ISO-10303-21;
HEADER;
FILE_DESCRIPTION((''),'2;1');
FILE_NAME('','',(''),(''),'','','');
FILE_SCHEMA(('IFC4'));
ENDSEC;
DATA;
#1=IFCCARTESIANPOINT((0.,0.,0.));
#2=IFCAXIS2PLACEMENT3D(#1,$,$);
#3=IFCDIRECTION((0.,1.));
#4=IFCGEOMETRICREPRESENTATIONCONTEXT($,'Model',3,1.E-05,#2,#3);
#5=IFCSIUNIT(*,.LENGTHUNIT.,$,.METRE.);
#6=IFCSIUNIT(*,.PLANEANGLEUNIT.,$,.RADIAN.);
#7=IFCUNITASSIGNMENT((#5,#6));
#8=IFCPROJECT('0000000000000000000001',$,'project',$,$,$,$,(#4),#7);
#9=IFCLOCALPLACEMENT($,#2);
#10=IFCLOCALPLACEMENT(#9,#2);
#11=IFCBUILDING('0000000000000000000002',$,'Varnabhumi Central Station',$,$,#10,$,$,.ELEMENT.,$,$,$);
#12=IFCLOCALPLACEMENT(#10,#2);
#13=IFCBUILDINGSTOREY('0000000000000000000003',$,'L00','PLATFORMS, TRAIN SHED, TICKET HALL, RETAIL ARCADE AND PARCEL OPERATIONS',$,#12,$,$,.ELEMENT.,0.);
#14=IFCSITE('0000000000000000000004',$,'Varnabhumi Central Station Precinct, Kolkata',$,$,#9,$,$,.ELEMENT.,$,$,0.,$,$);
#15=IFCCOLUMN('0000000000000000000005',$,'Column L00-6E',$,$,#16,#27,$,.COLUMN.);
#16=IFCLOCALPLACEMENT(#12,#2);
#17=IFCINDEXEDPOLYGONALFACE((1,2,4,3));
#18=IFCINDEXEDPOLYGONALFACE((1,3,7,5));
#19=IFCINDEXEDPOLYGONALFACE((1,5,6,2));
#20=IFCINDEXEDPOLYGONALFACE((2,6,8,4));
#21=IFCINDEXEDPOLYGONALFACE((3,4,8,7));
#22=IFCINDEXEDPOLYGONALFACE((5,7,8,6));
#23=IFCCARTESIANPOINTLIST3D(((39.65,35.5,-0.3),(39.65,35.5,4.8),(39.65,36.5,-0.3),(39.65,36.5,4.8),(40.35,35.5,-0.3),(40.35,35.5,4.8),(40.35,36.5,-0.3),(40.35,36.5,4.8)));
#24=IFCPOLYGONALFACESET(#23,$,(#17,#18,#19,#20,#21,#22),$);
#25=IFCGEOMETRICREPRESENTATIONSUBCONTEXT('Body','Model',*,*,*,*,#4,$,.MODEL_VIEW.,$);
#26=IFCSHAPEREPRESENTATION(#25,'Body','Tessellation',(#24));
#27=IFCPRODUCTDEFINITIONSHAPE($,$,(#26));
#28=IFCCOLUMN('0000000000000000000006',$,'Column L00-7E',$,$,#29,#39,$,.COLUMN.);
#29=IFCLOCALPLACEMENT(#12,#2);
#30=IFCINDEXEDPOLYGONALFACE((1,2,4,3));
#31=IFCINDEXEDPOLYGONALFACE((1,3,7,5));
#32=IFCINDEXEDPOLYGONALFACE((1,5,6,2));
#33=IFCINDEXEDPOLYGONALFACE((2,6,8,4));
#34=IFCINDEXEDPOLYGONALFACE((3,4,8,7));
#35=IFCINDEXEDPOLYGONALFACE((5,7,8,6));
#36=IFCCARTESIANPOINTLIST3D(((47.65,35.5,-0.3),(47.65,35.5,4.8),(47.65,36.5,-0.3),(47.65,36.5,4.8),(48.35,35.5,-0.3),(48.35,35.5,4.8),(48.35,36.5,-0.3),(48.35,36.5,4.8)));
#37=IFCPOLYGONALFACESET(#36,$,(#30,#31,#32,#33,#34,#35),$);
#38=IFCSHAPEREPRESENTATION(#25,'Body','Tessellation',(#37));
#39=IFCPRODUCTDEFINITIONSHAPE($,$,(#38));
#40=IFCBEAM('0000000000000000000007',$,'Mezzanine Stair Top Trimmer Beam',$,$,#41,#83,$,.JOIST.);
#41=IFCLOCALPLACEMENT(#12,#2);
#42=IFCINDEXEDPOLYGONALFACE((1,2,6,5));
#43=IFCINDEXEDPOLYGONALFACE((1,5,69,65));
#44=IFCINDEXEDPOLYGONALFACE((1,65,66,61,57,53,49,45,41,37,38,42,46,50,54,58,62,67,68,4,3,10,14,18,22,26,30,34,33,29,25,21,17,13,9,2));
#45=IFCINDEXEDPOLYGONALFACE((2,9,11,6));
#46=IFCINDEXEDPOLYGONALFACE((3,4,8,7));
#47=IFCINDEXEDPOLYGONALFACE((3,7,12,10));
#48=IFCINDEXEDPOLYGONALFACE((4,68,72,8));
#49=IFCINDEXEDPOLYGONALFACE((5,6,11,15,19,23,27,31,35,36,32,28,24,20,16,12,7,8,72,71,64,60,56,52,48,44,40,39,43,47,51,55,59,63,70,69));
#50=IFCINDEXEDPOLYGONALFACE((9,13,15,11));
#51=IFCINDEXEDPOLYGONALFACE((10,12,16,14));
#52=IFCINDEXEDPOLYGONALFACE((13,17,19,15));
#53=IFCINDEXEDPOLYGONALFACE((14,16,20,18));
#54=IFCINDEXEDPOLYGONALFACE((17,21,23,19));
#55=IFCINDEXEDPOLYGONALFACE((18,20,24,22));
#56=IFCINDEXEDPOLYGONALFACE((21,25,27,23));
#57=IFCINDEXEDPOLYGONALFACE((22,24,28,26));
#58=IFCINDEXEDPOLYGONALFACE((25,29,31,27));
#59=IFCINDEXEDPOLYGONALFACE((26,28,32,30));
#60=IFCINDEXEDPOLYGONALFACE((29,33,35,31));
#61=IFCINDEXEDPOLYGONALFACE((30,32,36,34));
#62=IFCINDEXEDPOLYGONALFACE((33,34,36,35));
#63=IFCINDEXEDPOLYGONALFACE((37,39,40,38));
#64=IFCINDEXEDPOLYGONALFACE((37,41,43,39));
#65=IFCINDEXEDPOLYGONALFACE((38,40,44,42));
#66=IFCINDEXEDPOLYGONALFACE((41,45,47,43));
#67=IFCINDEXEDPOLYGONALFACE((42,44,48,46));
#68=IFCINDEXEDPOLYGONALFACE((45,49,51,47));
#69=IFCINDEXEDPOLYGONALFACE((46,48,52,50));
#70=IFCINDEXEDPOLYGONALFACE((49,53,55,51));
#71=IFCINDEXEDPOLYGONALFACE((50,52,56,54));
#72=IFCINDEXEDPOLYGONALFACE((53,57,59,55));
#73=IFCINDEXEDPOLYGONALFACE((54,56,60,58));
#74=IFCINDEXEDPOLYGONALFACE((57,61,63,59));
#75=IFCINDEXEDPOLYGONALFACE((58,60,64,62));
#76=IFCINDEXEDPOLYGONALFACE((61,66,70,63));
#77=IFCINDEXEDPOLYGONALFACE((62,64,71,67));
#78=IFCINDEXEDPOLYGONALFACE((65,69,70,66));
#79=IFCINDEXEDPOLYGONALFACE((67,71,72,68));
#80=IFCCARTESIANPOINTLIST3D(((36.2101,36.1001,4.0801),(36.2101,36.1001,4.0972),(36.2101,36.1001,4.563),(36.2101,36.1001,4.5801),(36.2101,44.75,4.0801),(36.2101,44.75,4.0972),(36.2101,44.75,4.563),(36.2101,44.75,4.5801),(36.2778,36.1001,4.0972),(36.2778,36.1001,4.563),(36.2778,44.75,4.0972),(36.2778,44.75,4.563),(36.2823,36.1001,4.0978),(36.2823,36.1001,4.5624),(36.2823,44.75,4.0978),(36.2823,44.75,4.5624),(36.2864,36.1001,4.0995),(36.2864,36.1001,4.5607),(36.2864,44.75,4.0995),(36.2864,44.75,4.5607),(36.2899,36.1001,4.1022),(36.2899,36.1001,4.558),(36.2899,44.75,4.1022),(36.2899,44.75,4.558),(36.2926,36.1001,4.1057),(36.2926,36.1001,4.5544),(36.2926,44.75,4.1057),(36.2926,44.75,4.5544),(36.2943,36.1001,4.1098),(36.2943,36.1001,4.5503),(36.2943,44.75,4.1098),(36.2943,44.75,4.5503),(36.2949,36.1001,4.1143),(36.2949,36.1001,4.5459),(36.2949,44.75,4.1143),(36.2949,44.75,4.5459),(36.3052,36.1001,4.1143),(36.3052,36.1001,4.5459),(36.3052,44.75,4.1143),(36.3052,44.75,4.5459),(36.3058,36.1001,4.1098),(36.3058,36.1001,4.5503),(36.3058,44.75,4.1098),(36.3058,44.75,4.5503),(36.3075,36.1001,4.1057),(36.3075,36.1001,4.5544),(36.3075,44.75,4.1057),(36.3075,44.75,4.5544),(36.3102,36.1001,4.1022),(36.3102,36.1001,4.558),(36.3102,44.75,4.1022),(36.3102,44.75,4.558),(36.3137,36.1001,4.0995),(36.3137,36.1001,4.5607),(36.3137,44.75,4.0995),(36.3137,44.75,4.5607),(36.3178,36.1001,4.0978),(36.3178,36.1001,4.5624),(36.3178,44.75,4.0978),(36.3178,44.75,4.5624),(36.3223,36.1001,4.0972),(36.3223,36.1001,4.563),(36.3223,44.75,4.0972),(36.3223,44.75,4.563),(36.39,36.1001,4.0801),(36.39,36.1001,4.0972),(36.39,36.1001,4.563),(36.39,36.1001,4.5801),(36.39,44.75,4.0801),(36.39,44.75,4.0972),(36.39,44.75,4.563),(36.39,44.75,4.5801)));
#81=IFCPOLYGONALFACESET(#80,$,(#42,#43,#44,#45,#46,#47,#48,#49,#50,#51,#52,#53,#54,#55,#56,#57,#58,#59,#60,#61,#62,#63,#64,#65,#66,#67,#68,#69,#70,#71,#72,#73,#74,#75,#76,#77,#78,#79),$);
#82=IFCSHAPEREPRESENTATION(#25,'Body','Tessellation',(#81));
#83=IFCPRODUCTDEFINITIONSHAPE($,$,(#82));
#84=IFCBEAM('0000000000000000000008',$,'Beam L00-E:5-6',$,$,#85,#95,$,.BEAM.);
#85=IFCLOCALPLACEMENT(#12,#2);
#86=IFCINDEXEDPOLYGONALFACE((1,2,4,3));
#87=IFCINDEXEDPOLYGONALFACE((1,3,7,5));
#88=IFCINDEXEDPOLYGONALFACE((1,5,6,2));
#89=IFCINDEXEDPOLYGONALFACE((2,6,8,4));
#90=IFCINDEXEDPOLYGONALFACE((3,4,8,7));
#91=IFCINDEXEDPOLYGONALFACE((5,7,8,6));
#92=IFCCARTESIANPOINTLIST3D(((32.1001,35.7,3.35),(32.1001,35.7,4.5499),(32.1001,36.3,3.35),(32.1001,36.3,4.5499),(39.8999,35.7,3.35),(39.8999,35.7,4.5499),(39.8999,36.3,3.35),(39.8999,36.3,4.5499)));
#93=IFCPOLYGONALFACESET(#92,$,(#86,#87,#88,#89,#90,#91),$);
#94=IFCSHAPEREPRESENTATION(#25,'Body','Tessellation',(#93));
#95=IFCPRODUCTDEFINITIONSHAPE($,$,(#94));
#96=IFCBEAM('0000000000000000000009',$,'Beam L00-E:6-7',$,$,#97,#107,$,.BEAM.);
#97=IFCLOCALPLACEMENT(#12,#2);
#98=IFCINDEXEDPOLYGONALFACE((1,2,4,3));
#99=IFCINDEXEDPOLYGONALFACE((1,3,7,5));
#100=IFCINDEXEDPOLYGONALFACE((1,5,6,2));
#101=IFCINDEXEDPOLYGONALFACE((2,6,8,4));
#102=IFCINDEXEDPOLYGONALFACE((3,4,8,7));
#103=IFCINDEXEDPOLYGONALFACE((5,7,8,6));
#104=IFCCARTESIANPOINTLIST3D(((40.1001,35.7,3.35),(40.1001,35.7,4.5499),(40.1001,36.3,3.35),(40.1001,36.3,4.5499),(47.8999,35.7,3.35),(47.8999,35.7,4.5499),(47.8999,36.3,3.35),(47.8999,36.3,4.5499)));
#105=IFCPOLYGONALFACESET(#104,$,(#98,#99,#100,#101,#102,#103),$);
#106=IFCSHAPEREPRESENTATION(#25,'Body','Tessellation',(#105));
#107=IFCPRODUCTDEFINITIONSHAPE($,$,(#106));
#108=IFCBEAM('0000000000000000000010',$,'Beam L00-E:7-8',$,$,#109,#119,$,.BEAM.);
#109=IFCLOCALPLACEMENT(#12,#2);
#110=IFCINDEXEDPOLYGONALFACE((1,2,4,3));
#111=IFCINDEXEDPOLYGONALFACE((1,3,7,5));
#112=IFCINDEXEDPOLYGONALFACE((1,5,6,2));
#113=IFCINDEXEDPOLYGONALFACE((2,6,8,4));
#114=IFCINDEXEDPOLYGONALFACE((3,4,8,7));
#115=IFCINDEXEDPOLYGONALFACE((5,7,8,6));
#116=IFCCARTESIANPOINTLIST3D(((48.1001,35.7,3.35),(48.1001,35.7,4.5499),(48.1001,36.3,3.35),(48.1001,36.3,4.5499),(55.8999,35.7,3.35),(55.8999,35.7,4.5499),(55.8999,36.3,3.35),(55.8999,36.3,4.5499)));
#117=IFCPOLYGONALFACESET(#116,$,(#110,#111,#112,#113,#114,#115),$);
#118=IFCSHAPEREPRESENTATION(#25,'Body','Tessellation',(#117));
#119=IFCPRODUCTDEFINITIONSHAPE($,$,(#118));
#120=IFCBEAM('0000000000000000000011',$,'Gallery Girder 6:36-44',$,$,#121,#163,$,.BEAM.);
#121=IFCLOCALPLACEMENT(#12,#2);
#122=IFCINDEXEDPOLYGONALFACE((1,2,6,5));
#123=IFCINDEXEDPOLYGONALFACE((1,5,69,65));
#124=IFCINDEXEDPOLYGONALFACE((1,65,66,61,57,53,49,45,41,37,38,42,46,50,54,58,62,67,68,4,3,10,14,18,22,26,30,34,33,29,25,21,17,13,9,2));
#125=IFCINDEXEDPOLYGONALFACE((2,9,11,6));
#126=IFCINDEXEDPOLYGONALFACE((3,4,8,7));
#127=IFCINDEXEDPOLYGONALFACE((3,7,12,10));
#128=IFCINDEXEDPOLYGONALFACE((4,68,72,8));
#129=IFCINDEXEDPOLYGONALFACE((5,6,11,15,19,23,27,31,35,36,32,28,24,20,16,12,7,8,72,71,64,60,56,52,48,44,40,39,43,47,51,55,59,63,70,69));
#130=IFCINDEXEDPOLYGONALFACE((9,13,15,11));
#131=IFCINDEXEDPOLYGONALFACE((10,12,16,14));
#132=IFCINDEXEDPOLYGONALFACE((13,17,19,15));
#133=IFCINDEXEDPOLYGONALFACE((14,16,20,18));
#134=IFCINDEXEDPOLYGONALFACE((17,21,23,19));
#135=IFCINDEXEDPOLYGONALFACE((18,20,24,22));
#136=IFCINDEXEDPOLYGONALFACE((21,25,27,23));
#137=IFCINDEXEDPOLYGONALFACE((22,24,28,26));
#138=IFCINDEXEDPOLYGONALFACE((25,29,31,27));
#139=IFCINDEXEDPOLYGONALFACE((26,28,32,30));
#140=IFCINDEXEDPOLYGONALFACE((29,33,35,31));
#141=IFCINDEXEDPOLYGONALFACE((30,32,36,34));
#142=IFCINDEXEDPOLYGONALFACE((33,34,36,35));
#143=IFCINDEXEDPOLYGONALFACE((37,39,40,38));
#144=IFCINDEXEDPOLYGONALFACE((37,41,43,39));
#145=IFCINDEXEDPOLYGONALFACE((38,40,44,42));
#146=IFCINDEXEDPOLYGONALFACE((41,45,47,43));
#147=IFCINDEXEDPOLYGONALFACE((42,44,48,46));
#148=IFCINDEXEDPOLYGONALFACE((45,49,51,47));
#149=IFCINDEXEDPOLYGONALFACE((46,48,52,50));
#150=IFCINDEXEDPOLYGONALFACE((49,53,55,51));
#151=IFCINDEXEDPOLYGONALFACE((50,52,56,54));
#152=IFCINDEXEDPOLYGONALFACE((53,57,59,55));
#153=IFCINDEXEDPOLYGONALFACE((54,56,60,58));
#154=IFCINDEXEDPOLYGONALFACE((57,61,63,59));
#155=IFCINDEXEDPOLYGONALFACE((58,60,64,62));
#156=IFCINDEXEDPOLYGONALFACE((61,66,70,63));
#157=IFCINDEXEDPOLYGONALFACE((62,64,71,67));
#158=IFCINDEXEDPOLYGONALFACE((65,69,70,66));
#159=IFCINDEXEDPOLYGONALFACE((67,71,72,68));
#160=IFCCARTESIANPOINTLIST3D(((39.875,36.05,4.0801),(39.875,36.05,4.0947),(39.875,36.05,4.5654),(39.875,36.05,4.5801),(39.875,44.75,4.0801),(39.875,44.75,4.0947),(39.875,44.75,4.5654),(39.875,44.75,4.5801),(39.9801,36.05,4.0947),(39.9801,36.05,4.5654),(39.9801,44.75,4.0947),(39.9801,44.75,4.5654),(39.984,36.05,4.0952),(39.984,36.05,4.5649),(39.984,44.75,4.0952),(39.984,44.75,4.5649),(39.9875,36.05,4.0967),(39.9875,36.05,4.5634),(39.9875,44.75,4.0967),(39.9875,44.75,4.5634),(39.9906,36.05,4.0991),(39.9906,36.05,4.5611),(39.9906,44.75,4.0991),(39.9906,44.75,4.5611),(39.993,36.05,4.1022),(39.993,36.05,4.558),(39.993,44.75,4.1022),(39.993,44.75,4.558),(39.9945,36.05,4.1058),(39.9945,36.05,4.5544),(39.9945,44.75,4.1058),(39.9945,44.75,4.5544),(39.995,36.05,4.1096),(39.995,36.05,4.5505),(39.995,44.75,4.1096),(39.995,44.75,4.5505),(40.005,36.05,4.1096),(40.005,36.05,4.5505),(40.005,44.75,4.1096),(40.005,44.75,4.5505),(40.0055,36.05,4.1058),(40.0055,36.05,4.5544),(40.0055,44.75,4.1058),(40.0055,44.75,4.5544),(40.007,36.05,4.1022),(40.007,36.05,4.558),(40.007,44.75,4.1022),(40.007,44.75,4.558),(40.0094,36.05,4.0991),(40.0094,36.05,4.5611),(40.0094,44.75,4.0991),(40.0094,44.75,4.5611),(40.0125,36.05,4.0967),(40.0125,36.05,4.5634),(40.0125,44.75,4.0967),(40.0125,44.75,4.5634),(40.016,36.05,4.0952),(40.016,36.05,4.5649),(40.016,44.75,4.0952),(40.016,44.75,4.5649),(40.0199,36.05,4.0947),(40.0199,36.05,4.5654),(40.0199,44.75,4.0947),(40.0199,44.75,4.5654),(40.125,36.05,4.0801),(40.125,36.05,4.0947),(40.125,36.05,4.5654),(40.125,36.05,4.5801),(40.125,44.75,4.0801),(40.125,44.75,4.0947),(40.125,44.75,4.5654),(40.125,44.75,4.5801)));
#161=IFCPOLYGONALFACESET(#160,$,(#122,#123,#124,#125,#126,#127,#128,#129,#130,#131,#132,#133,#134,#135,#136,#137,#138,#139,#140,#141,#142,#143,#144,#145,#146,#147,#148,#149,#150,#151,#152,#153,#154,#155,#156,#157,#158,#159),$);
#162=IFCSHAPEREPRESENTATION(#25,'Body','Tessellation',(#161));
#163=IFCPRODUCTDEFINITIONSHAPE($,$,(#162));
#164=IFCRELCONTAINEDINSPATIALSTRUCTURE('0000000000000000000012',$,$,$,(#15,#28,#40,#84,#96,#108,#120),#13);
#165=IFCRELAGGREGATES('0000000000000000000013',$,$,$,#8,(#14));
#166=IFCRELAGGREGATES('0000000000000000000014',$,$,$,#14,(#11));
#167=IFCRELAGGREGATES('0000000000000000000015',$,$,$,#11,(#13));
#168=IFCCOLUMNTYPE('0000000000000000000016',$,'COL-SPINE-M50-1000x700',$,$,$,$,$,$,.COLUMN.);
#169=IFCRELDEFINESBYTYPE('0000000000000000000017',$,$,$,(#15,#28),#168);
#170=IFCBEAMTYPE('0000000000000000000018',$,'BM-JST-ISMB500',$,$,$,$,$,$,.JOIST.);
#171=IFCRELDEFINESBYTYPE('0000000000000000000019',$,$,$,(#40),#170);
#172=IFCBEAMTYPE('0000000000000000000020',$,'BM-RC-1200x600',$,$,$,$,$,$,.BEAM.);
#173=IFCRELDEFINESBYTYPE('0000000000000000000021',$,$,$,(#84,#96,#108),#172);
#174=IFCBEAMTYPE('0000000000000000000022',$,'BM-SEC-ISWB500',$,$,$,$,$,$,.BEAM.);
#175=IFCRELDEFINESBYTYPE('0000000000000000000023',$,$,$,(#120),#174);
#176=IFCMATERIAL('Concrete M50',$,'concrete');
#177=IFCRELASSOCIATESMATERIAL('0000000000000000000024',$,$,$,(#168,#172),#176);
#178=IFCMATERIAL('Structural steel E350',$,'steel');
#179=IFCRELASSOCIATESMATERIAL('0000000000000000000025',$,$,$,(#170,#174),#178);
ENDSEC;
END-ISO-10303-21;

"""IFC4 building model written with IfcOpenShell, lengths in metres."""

from ifc_helpers import new_model, si_unit, direction, frame, origin, origin_2d, place, context, subcontext, project, spatial, rectangle, i_section, extrude, material, material_profile, profile_set, type_object, element, save


model = new_model("IFC4")

# Units and contexts
model_context = context("Model", 3, precision=1e-05, world=origin(), true_north=direction((0.0, 1.0)))
body_context = subcontext(model_context, "Body", "Model", "MODEL_VIEW")
ifc_project = project(units=[si_unit("LENGTHUNIT", "METRE"), si_unit("PLANEANGLEUNIT", "RADIAN")], contexts=[model_context])

# Site, building, storey
site_placement = place(None, origin())
site = spatial("IfcSite", under=ifc_project, at=site_placement, Name="Varnabhumi Central Station Precinct, Kolkata", CompositionType="ELEMENT", RefElevation=0.0)
building_placement = place(site_placement, origin())
building = spatial("IfcBuilding", under=site, at=building_placement, Name="Varnabhumi Central Station", CompositionType="ELEMENT")
storey_placement = place(building_placement, origin())
storey = spatial("IfcBuildingStorey", under=building, at=storey_placement, Name="L00", Description="PLATFORMS, TRAIN SHED, TICKET HALL, RETAIL ARCADE AND PARCEL OPERATIONS", CompositionType="ELEMENT", Elevation=0.0)

# Columns
ifc_material_1 = material(Name="Concrete M50", Category="concrete")
ifc_material_profile_1 = material_profile(ifc_material_1, rectangle(XDim=0.7, YDim=1.0, at=origin_2d()), Name="Concrete M50", Category="concrete")
ifc_profile_set_1 = profile_set([ifc_material_profile_1], Name="Concrete M50")
column_type = type_object("IfcColumnType", Name="COL-SPINE-M50-1000x700", PredefinedType="COLUMN", material=ifc_profile_set_1)
for number, where, z_axis, x_axis, name in (
    (1, (40.0, 36.0, -0.3), (0.0, 0.0, 1.0), (1.0, 0.0, 0.0), "Column L00-6E"),
    (2, (48.0, 36.0, -0.3), (0.0, 0.0, 1.0), (1.0, 0.0, 0.0), "Column L00-7E"),
):
    element("IfcColumn", number, at=place(storey_placement, frame(where, z_axis=z_axis, x_axis=x_axis)), inside=storey, type_object=column_type, Name=name, PredefinedType="COLUMN", context=body_context, shape_type="SweptSolid", body=[
        extrude(rectangle(XDim=0.7, YDim=1.0, at=origin_2d()), origin(), (0.0, 0.0, 1.0), 5.1001),
    ])

# Beams
ifc_material_2 = material(Name="Structural steel E350", Category="steel")
ifc_material_profile_2 = material_profile(ifc_material_2, i_section(OverallWidth=0.1799, OverallDepth=0.5, WebThickness=0.0103, FlangeThickness=0.0171, FilletRadius=0.0171, at=origin_2d()), Name="Structural steel E350", Category="steel")
ifc_profile_set_2 = profile_set([ifc_material_profile_2], Name="Structural steel E350")
beam_type_1 = type_object("IfcBeamType", Name="BM-JST-ISMB500", PredefinedType="JOIST", material=ifc_profile_set_2)
beam_1_placement = place(storey_placement, frame((36.3, 36.1001, 4.3301), z_axis=(0.0, 1.0, 0.0), x_axis=(-1.0, 0.0, 0.0)))
element("IfcBeam", 3, at=beam_1_placement, inside=storey, type_object=beam_type_1, Name="Mezzanine Stair Top Trimmer Beam", PredefinedType="JOIST", context=body_context, shape_type="SweptSolid", body=[
    extrude(i_section(OverallWidth=0.1799, OverallDepth=0.5, WebThickness=0.0103, FlangeThickness=0.0171, FilletRadius=0.0171, at=origin_2d()), origin(), (0.0, 0.0, 1.0), 8.6499),
])
ifc_material_profile_3 = material_profile(ifc_material_1, rectangle(XDim=0.6001, YDim=1.2, at=origin_2d()), Name="Concrete M50", Category="concrete")
ifc_profile_set_3 = profile_set([ifc_material_profile_3], Name="Concrete M50")
beam_type_2 = type_object("IfcBeamType", Name="BM-RC-1200x600", PredefinedType="BEAM", material=ifc_profile_set_3)
for number, where, z_axis, x_axis, name in (
    (4, (32.1001, 36.0, 3.95), (1.0, 0.0, 0.0), (0.0, 1.0, 0.0), "Beam L00-E:5-6"),
    (5, (40.1001, 36.0, 3.95), (1.0, 0.0, 0.0), (0.0, 1.0, 0.0), "Beam L00-E:6-7"),
    (6, (48.1001, 36.0, 3.95), (1.0, 0.0, 0.0), (0.0, 1.0, 0.0), "Beam L00-E:7-8"),
):
    element("IfcBeam", number, at=place(storey_placement, frame(where, z_axis=z_axis, x_axis=x_axis)), inside=storey, type_object=beam_type_2, Name=name, PredefinedType="BEAM", context=body_context, shape_type="SweptSolid", body=[
        extrude(rectangle(XDim=0.6001, YDim=1.2, at=origin_2d()), origin(), (0.0, 0.0, 1.0), 7.7998),
    ])
ifc_material_profile_4 = material_profile(ifc_material_2, i_section(OverallWidth=0.25, OverallDepth=0.5, WebThickness=0.01, FlangeThickness=0.0146, FilletRadius=0.0149, at=origin_2d()), Name="Structural steel E350", Category="steel")
ifc_profile_set_4 = profile_set([ifc_material_profile_4], Name="Structural steel E350")
beam_type_3 = type_object("IfcBeamType", Name="BM-SEC-ISWB500", PredefinedType="BEAM", material=ifc_profile_set_4)
beam_2_placement = place(storey_placement, frame((40.0, 36.05, 4.3301), z_axis=(0.0, 1.0, 0.0), x_axis=(-1.0, 0.0, 0.0)))
element("IfcBeam", 7, at=beam_2_placement, inside=storey, type_object=beam_type_3, Name="Gallery Girder 6:36-44", PredefinedType="BEAM", context=body_context, shape_type="SweptSolid", body=[
    extrude(i_section(OverallWidth=0.25, OverallDepth=0.5, WebThickness=0.01, FlangeThickness=0.0146, FilletRadius=0.0149, at=origin_2d()), origin(), (0.0, 0.0, 1.0), 8.7),
])

save(model, "model.ifc")
